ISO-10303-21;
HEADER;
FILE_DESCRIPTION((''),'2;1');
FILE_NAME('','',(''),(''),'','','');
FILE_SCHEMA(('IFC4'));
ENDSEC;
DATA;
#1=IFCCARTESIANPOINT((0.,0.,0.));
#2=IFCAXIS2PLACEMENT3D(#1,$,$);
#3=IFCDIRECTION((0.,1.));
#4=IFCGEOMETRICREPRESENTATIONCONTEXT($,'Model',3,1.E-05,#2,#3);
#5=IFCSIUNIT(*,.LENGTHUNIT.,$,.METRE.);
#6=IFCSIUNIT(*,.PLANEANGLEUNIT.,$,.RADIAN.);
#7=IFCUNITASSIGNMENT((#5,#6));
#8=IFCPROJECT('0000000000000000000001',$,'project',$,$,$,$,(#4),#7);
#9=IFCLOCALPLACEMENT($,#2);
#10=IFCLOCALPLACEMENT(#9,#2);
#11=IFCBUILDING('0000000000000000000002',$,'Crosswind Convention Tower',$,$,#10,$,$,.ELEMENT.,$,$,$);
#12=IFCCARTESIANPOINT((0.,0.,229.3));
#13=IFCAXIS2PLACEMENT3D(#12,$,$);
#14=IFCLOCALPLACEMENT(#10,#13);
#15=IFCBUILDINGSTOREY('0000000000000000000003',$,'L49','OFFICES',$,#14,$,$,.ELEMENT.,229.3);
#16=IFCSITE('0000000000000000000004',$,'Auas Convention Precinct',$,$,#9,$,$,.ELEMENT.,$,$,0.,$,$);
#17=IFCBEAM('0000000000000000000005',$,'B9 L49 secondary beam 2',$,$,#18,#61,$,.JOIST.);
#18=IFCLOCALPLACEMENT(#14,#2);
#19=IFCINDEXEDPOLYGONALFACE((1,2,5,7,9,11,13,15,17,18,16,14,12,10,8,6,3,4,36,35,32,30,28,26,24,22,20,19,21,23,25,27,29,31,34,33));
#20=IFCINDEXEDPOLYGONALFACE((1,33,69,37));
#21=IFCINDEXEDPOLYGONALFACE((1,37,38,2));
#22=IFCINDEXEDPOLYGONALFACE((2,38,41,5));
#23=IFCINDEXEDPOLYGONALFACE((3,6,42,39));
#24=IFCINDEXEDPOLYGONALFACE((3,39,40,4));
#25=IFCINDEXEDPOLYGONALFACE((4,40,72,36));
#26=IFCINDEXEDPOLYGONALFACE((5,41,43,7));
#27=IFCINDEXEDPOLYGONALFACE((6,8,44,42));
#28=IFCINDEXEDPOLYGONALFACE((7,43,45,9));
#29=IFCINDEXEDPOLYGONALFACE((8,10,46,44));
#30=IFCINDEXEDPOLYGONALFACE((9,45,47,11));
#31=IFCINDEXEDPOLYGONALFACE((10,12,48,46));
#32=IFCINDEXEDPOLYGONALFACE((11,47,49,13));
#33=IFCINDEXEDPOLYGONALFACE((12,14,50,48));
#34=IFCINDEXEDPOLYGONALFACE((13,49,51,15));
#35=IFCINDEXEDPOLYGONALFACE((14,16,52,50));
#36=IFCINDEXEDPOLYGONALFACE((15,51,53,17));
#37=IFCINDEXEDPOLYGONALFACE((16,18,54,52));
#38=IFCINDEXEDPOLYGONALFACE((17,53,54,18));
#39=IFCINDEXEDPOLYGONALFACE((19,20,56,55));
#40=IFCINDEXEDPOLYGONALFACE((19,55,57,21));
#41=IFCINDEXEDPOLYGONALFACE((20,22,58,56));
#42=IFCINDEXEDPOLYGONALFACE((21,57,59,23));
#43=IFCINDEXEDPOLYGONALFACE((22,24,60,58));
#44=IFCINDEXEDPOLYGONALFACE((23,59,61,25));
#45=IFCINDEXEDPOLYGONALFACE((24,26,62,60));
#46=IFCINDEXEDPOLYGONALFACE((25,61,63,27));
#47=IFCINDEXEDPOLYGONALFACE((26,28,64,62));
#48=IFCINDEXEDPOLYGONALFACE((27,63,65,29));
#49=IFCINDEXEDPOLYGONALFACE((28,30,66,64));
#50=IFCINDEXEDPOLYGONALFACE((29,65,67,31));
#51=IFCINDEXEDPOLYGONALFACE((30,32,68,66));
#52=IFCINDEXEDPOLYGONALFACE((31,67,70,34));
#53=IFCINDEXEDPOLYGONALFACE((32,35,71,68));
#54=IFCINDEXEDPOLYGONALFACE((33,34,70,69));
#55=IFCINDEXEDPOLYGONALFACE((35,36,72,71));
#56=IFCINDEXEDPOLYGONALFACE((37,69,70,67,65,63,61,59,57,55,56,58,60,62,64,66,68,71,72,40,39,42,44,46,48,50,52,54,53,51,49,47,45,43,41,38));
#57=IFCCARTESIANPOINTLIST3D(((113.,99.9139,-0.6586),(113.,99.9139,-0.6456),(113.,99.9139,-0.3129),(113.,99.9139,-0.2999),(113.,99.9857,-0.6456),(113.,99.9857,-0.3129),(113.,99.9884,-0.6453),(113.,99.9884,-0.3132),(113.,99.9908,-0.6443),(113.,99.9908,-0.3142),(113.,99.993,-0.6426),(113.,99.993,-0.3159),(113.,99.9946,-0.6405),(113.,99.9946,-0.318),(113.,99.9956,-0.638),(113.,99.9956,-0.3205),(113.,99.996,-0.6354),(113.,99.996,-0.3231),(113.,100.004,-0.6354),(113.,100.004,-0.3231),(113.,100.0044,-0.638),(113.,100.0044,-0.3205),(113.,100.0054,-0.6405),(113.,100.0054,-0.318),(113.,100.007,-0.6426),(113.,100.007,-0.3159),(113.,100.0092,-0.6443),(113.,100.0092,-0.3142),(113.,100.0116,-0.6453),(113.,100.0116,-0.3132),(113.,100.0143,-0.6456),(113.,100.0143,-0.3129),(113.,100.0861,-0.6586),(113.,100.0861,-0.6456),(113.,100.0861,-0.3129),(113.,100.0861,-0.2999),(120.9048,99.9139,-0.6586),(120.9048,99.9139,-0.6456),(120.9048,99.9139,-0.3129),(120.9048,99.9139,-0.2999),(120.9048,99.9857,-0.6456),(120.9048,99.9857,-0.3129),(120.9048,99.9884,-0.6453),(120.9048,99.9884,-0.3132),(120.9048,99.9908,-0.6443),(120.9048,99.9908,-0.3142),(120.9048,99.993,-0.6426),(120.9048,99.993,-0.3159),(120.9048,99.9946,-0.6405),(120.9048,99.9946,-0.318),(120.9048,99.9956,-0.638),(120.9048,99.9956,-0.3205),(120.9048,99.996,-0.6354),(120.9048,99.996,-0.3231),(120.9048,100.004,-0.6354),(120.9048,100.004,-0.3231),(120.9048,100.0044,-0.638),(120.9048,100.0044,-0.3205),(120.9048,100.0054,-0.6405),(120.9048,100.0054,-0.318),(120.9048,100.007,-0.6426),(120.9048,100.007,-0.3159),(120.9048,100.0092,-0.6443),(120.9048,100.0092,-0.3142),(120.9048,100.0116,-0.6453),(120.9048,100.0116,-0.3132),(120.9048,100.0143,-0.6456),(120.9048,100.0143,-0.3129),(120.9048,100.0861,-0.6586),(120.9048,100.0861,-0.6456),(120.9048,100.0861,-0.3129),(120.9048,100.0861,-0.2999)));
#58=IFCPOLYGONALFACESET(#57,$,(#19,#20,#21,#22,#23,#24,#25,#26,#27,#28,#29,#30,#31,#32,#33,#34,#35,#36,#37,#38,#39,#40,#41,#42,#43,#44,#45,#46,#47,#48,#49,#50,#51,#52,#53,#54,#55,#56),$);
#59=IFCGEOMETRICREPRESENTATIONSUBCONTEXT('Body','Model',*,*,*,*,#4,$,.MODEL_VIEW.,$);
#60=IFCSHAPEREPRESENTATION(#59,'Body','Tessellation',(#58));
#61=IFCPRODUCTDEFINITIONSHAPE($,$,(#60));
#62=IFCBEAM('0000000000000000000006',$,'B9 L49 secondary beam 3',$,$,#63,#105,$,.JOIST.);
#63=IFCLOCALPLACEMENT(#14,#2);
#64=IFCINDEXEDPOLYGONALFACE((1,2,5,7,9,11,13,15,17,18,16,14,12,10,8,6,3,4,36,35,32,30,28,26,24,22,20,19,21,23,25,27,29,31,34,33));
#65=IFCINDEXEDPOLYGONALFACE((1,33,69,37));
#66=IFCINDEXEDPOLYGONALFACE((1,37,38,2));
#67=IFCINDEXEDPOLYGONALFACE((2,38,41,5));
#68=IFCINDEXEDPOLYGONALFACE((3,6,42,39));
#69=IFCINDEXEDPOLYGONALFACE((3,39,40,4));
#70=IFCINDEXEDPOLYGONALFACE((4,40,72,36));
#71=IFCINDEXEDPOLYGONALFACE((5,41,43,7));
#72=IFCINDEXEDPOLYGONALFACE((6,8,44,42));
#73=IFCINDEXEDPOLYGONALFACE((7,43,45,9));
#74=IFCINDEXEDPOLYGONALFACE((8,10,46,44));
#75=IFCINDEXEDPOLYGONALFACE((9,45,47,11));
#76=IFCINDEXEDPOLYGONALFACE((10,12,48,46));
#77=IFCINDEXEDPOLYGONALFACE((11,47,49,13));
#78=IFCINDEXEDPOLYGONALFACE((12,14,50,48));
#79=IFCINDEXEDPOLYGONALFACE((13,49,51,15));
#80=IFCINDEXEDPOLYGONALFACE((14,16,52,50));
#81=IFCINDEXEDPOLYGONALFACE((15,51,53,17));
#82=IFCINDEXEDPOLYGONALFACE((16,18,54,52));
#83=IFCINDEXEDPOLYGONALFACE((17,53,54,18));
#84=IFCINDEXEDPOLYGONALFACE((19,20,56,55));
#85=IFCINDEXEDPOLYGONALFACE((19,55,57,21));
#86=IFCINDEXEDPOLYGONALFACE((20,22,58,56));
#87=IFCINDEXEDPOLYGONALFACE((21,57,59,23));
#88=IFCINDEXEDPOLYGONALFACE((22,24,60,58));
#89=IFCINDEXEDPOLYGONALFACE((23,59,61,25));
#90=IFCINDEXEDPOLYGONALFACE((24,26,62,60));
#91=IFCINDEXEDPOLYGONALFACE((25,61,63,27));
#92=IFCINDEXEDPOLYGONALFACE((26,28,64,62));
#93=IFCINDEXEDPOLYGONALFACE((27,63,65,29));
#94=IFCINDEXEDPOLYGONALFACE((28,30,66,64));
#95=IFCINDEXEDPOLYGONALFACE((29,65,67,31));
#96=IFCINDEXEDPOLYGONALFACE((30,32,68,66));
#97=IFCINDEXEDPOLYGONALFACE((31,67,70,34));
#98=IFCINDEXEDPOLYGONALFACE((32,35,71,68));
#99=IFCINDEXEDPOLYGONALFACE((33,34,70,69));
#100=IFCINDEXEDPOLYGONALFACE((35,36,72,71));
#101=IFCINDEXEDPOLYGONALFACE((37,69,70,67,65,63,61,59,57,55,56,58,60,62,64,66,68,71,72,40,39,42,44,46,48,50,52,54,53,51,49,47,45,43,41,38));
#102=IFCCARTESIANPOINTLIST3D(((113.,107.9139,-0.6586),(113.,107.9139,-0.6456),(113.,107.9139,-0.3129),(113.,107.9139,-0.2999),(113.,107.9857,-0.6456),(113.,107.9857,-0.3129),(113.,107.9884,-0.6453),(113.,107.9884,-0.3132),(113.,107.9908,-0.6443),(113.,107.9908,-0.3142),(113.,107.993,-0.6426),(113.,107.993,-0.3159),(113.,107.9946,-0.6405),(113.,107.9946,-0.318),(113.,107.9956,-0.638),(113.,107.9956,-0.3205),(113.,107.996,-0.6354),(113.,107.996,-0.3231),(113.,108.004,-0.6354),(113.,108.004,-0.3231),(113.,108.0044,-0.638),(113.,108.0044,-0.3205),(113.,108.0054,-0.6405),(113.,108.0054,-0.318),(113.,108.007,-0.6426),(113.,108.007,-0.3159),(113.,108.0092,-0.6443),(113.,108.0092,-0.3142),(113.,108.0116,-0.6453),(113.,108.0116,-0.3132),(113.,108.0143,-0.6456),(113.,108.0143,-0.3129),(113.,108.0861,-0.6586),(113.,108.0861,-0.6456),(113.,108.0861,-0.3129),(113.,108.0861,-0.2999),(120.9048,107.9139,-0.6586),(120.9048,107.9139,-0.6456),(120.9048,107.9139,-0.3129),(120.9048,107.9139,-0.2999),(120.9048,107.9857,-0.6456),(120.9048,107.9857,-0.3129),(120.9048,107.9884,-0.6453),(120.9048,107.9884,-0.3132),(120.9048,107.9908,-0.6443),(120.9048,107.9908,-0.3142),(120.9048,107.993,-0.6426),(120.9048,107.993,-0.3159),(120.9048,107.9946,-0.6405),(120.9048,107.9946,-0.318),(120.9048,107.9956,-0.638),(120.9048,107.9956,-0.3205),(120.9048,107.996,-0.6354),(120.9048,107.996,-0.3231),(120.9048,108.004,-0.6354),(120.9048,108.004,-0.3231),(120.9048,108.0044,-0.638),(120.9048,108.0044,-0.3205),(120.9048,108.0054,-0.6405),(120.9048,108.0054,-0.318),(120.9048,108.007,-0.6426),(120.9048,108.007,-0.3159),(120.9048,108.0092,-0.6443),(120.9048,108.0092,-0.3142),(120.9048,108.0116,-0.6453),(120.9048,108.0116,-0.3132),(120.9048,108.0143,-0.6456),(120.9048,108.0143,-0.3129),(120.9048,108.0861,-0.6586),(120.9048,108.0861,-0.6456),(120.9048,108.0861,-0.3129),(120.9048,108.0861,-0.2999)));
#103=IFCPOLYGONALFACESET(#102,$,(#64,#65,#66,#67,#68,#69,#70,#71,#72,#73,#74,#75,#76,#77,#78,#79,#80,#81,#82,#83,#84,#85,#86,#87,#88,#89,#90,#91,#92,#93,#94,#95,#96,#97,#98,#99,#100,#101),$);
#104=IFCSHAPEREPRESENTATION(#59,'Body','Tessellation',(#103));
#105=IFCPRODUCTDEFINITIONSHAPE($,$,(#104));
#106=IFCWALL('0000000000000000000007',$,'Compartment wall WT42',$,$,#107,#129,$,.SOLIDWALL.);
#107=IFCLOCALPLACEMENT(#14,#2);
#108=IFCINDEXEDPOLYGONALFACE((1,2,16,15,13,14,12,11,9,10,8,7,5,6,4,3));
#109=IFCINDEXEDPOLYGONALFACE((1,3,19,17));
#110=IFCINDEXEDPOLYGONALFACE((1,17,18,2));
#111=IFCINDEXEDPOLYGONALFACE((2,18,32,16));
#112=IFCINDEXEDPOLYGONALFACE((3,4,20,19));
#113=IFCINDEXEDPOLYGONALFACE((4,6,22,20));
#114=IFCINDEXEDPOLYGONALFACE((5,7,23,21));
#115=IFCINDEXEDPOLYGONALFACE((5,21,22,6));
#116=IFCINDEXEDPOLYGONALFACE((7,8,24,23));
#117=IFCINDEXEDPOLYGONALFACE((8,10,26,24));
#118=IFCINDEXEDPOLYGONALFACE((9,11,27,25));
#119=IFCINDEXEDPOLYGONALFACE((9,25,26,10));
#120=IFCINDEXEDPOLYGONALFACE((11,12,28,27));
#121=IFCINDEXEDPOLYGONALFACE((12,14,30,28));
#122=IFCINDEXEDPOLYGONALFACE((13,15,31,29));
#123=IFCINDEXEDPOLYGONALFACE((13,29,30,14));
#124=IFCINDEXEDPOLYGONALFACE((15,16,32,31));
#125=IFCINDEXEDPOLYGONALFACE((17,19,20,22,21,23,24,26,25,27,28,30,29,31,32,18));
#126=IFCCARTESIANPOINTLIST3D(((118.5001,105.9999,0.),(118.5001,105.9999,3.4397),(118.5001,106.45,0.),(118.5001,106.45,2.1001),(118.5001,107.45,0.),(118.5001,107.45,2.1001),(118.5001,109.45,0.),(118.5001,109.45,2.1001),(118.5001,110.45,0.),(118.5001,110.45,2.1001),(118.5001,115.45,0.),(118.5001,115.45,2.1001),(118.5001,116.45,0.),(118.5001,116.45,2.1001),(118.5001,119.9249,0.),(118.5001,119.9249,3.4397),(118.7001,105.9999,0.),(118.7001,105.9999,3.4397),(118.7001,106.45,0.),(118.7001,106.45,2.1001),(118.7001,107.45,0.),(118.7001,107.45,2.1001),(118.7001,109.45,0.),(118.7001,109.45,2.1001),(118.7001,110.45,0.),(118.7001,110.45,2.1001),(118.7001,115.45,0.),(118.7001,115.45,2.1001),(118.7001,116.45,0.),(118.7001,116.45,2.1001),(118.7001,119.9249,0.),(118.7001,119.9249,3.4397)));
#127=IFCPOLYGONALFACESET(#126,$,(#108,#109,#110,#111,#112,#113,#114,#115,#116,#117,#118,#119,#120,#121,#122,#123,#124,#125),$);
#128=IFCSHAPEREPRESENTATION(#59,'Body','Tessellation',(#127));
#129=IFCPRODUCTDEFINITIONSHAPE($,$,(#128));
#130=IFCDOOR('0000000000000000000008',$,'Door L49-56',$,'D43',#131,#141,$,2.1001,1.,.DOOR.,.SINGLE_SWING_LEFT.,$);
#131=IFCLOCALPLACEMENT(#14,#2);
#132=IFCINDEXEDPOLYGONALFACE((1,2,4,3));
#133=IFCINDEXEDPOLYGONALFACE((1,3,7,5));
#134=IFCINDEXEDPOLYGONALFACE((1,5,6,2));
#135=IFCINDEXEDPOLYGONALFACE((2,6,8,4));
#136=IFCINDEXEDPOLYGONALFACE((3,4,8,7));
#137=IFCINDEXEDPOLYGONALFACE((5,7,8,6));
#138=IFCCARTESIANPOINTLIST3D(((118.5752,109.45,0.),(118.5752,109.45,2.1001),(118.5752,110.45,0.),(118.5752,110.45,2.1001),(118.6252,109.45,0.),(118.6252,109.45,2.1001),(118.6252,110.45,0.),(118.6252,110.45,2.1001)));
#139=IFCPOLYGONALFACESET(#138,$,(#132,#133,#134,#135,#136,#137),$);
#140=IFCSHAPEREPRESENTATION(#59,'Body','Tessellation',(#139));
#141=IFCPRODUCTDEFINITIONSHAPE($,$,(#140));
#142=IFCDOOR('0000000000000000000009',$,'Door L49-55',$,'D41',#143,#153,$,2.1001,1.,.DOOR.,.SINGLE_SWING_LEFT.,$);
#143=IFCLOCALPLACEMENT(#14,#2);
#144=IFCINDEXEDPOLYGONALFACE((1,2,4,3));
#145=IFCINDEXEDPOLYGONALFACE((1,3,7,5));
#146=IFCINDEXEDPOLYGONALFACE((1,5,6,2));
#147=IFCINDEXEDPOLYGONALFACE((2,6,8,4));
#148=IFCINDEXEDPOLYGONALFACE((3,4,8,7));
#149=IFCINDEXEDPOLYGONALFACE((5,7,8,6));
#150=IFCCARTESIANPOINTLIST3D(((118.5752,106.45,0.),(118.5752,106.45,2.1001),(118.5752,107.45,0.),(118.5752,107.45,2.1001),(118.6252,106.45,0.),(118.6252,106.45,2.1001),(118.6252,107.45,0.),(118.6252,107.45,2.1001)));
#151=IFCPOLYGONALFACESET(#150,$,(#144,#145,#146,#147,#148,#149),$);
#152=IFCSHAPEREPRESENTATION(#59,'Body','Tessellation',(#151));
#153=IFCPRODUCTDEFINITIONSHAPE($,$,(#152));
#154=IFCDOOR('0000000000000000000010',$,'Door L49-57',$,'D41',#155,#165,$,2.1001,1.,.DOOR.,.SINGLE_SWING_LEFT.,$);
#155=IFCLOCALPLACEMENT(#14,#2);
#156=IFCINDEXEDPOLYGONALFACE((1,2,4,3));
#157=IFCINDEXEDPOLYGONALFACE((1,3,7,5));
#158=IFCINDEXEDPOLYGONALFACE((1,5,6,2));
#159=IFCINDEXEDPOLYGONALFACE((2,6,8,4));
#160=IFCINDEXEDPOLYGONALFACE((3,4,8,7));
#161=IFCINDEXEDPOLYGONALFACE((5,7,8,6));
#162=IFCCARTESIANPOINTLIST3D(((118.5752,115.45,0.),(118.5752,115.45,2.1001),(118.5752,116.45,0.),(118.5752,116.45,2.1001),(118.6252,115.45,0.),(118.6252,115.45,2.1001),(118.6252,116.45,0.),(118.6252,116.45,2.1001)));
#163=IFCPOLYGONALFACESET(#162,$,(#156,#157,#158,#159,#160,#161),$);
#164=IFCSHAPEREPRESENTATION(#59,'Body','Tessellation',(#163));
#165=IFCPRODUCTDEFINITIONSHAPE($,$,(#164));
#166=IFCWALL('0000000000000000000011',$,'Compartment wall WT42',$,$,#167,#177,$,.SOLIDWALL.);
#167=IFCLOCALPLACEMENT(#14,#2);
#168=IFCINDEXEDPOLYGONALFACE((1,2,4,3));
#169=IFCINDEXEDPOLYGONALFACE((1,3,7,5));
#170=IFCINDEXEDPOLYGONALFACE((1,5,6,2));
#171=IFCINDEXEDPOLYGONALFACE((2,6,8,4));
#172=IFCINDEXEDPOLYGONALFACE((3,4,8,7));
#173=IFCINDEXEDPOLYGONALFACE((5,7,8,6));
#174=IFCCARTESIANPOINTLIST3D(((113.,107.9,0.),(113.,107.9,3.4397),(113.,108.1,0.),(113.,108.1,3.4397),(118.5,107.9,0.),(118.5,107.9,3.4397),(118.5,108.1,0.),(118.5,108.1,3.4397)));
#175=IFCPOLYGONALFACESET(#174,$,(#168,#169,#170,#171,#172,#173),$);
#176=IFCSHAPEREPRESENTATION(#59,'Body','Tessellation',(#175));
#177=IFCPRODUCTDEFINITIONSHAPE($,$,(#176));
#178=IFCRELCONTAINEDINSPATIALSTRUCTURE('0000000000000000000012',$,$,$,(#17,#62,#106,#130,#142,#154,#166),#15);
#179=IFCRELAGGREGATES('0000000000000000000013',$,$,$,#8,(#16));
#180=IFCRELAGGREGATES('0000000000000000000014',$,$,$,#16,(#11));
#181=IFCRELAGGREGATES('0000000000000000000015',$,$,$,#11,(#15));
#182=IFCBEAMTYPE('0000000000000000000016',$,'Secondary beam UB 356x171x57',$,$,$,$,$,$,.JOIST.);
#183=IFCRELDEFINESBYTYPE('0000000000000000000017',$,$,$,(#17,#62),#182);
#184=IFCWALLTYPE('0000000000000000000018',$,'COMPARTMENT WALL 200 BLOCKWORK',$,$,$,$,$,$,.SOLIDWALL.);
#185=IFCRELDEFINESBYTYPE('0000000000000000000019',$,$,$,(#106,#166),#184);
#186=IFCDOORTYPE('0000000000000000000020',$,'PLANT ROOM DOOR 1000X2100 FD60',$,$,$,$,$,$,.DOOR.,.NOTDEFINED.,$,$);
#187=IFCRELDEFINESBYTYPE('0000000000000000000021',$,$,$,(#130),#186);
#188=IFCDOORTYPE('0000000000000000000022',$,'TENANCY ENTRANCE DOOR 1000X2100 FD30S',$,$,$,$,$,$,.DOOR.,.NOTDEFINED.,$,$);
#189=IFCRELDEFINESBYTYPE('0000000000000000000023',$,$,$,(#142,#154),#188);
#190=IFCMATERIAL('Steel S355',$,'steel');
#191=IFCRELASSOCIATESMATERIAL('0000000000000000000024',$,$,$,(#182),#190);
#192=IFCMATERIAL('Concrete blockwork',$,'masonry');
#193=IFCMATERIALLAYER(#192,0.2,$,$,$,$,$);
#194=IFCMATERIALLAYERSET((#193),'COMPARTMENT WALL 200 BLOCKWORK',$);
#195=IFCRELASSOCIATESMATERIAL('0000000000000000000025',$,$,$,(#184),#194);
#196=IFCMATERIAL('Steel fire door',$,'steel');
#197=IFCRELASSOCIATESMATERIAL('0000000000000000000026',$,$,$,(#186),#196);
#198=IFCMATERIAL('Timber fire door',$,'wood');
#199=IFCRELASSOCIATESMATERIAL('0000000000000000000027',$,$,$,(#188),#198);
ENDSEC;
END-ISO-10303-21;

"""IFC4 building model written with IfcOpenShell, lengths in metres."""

from ifc_helpers import new_model, si_unit, direction, frame, frame_2d, origin, origin_2d, place, context, subcontext, project, spatial, rectangle, i_section, extrude, material, layer, layer_set, material_profile, profile_set, type_object, element, fill, save


model = new_model("IFC4")

# Units and contexts
model_context = context("Model", 3, precision=1e-05, world=origin(), true_north=direction((0.0, 1.0)))
body_context = subcontext(model_context, "Body", "Model", "MODEL_VIEW")
ifc_project = project(units=[si_unit("LENGTHUNIT", "METRE"), si_unit("PLANEANGLEUNIT", "RADIAN")], contexts=[model_context])

# Site, building, storey
site_placement = place(None, origin())
site = spatial("IfcSite", under=ifc_project, at=site_placement, Name="Auas Convention Precinct", CompositionType="ELEMENT", RefElevation=0.0)
building_placement = place(site_placement, origin())
building = spatial("IfcBuilding", under=site, at=building_placement, Name="Crosswind Convention Tower", CompositionType="ELEMENT")
storey_placement = place(building_placement, frame((0.0, 0.0, 229.3)))
storey = spatial("IfcBuildingStorey", under=building, at=storey_placement, Name="L49", Description="OFFICES", CompositionType="ELEMENT", Elevation=229.3)

# Beams
ifc_material_1 = material(Name="Steel S355", Category="steel")
ifc_material_profile_1 = material_profile(ifc_material_1, i_section(OverallWidth=0.1721, OverallDepth=0.3586, WebThickness=0.0081, FlangeThickness=0.0129, FilletRadius=0.0103, at=origin_2d()), Name="UB 356x171x57")
ifc_profile_set_1 = profile_set([ifc_material_profile_1], Name="Steel S355")
beam_type_1 = type_object("IfcBeamType", Name="Secondary beam UB 356x171x57", PredefinedType="JOIST", material=ifc_profile_set_1)
for number, where, z_axis, x_axis, name in (
    (1, (113.0, 100.0, -0.4792), (1.0, 0.0, 0.0), (0.0, 1.0, 0.0), "B9 L49 secondary beam 2"),
    (2, (113.0, 108.0, -0.4792), (1.0, 0.0, 0.0), (0.0, 1.0, 0.0), "B9 L49 secondary beam 3"),
):
    element("IfcBeam", number, at=place(storey_placement, frame(where, z_axis=z_axis, x_axis=x_axis)), inside=storey, type_object=beam_type_1, Name=name, PredefinedType="JOIST", context=body_context, shape_type="SweptSolid", body=[
        extrude(i_section(OverallWidth=0.1721, OverallDepth=0.3586, WebThickness=0.0081, FlangeThickness=0.0129, FilletRadius=0.0103, at=origin_2d()), origin(), (0.0, 0.0, 1.0), 7.9048),
    ])

# Wall, openings, doors
ifc_material_2 = material(Name="Concrete blockwork", Category="masonry")
ifc_layer_1 = layer(ifc_material_2, 0.2)
ifc_layer_set_1 = layer_set([ifc_layer_1], Name="COMPARTMENT WALL 200 BLOCKWORK")
wall_type_1 = type_object("IfcWallType", Name="COMPARTMENT WALL 200 BLOCKWORK", PredefinedType="SOLIDWALL", material=ifc_layer_set_1)
wall_1_placement = place(storey_placement, frame((118.6001, 106.0, 0.0), z_axis=(0.0, 0.0, 1.0), x_axis=(0.0, 1.0, 0.0)))
wall_1 = element("IfcWall", 3, at=wall_1_placement, inside=storey, type_object=wall_type_1, Name="Compartment wall WT42", PredefinedType="SOLIDWALL", context=body_context, shape_type="SweptSolid", body=[
    extrude(rectangle(XDim=13.925, YDim=0.2, at=frame_2d((6.9624, 0.0))), origin(), (0.0, 0.0, 1.0), 3.4397),
])
opening_1_placement = place(wall_1_placement, frame((0.45, 0.0, 0.0)))
opening_1 = element("IfcOpeningElement", 4, at=opening_1_placement, cuts=wall_1, PredefinedType="OPENING", context=body_context, shape_type="SweptSolid", body=[
    extrude(rectangle(XDim=1.0, YDim=2.1001, at=frame_2d((0.5, 1.05))), frame((0.0, 0.1099, 0.0), z_axis=(0.0, -1.0, 0.0), x_axis=(1.0, 0.0, 0.0)), (0.0, 0.0, 1.0), 0.22),
])
opening_2_placement = place(wall_1_placement, frame((3.45, 0.0, 0.0)))
opening_2 = element("IfcOpeningElement", 5, at=opening_2_placement, cuts=wall_1, PredefinedType="OPENING", context=body_context, shape_type="SweptSolid", body=[
    extrude(rectangle(XDim=1.0, YDim=2.1001, at=frame_2d((0.5, 1.05))), frame((0.0, 0.1099, 0.0), z_axis=(0.0, -1.0, 0.0), x_axis=(1.0, 0.0, 0.0)), (0.0, 0.0, 1.0), 0.22),
])
opening_3_placement = place(wall_1_placement, frame((9.45, 0.0, 0.0)))
opening_3 = element("IfcOpeningElement", 6, at=opening_3_placement, cuts=wall_1, PredefinedType="OPENING", context=body_context, shape_type="SweptSolid", body=[
    extrude(rectangle(XDim=1.0, YDim=2.1001, at=frame_2d((0.5, 1.05))), frame((0.0, 0.1099, 0.0), z_axis=(0.0, -1.0, 0.0), x_axis=(1.0, 0.0, 0.0)), (0.0, 0.0, 1.0), 0.22),
])
ifc_material_3 = material(Name="Steel fire door", Category="steel")
door_type_1 = type_object("IfcDoorType", Name="PLANT ROOM DOOR 1000X2100 FD60", OperationType="NOTDEFINED", PredefinedType="DOOR", material=ifc_material_3)
door_1_placement = place(opening_2_placement, origin())
door_1 = element("IfcDoor", 7, at=door_1_placement, inside=storey, type_object=door_type_1, Name="Door L49-56", ObjectType="D43", OperationType="SINGLE_SWING_LEFT", OverallHeight=2.1001, OverallWidth=1.0, PredefinedType="DOOR", context=body_context, shape_type="SweptSolid", body=[
    extrude(rectangle(XDim=1.0, YDim=2.1001, at=frame_2d((0.5, 1.05))), frame((0.0, 0.0249, 0.0), z_axis=(0.0, -1.0, 0.0), x_axis=(1.0, 0.0, 0.0)), (0.0, 0.0, 1.0), 0.05),
])
fill(opening_2, door_1)
ifc_material_4 = material(Name="Timber fire door", Category="wood")
door_type_2 = type_object("IfcDoorType", Name="TENANCY ENTRANCE DOOR 1000X2100 FD30S", OperationType="NOTDEFINED", PredefinedType="DOOR", material=ifc_material_4)
door_2_placement = place(opening_1_placement, origin())
door_2 = element("IfcDoor", 8, at=door_2_placement, inside=storey, type_object=door_type_2, Name="Door L49-55", ObjectType="D41", OperationType="SINGLE_SWING_LEFT", OverallHeight=2.1001, OverallWidth=1.0, PredefinedType="DOOR", context=body_context, shape_type="SweptSolid", body=[
    extrude(rectangle(XDim=1.0, YDim=2.1001, at=frame_2d((0.5, 1.05))), frame((0.0, 0.0249, 0.0), z_axis=(0.0, -1.0, 0.0), x_axis=(1.0, 0.0, 0.0)), (0.0, 0.0, 1.0), 0.05),
])
fill(opening_1, door_2)
door_3_placement = place(opening_3_placement, origin())
door_3 = element("IfcDoor", 9, at=door_3_placement, inside=storey, type_object=door_type_2, Name="Door L49-57", ObjectType="D41", OperationType="SINGLE_SWING_LEFT", OverallHeight=2.1001, OverallWidth=1.0, PredefinedType="DOOR", context=body_context, shape_type="SweptSolid", body=[
    extrude(rectangle(XDim=1.0, YDim=2.1001, at=frame_2d((0.5, 1.05))), frame((0.0, 0.0249, 0.0), z_axis=(0.0, -1.0, 0.0), x_axis=(1.0, 0.0, 0.0)), (0.0, 0.0, 1.0), 0.05),
])
fill(opening_3, door_3)

# Wall
wall_2_placement = place(storey_placement, frame((113.0, 108.0, 0.0), z_axis=(0.0, 0.0, 1.0), x_axis=(1.0, 0.0, 0.0)))
element("IfcWall", 10, at=wall_2_placement, inside=storey, type_object=wall_type_1, Name="Compartment wall WT42", PredefinedType="SOLIDWALL", context=body_context, shape_type="SweptSolid", body=[
    extrude(rectangle(XDim=5.5, YDim=0.2, at=frame_2d((2.75, 0.0))), origin(), (0.0, 0.0, 1.0), 3.4397),
])

save(model, "model.ifc")
